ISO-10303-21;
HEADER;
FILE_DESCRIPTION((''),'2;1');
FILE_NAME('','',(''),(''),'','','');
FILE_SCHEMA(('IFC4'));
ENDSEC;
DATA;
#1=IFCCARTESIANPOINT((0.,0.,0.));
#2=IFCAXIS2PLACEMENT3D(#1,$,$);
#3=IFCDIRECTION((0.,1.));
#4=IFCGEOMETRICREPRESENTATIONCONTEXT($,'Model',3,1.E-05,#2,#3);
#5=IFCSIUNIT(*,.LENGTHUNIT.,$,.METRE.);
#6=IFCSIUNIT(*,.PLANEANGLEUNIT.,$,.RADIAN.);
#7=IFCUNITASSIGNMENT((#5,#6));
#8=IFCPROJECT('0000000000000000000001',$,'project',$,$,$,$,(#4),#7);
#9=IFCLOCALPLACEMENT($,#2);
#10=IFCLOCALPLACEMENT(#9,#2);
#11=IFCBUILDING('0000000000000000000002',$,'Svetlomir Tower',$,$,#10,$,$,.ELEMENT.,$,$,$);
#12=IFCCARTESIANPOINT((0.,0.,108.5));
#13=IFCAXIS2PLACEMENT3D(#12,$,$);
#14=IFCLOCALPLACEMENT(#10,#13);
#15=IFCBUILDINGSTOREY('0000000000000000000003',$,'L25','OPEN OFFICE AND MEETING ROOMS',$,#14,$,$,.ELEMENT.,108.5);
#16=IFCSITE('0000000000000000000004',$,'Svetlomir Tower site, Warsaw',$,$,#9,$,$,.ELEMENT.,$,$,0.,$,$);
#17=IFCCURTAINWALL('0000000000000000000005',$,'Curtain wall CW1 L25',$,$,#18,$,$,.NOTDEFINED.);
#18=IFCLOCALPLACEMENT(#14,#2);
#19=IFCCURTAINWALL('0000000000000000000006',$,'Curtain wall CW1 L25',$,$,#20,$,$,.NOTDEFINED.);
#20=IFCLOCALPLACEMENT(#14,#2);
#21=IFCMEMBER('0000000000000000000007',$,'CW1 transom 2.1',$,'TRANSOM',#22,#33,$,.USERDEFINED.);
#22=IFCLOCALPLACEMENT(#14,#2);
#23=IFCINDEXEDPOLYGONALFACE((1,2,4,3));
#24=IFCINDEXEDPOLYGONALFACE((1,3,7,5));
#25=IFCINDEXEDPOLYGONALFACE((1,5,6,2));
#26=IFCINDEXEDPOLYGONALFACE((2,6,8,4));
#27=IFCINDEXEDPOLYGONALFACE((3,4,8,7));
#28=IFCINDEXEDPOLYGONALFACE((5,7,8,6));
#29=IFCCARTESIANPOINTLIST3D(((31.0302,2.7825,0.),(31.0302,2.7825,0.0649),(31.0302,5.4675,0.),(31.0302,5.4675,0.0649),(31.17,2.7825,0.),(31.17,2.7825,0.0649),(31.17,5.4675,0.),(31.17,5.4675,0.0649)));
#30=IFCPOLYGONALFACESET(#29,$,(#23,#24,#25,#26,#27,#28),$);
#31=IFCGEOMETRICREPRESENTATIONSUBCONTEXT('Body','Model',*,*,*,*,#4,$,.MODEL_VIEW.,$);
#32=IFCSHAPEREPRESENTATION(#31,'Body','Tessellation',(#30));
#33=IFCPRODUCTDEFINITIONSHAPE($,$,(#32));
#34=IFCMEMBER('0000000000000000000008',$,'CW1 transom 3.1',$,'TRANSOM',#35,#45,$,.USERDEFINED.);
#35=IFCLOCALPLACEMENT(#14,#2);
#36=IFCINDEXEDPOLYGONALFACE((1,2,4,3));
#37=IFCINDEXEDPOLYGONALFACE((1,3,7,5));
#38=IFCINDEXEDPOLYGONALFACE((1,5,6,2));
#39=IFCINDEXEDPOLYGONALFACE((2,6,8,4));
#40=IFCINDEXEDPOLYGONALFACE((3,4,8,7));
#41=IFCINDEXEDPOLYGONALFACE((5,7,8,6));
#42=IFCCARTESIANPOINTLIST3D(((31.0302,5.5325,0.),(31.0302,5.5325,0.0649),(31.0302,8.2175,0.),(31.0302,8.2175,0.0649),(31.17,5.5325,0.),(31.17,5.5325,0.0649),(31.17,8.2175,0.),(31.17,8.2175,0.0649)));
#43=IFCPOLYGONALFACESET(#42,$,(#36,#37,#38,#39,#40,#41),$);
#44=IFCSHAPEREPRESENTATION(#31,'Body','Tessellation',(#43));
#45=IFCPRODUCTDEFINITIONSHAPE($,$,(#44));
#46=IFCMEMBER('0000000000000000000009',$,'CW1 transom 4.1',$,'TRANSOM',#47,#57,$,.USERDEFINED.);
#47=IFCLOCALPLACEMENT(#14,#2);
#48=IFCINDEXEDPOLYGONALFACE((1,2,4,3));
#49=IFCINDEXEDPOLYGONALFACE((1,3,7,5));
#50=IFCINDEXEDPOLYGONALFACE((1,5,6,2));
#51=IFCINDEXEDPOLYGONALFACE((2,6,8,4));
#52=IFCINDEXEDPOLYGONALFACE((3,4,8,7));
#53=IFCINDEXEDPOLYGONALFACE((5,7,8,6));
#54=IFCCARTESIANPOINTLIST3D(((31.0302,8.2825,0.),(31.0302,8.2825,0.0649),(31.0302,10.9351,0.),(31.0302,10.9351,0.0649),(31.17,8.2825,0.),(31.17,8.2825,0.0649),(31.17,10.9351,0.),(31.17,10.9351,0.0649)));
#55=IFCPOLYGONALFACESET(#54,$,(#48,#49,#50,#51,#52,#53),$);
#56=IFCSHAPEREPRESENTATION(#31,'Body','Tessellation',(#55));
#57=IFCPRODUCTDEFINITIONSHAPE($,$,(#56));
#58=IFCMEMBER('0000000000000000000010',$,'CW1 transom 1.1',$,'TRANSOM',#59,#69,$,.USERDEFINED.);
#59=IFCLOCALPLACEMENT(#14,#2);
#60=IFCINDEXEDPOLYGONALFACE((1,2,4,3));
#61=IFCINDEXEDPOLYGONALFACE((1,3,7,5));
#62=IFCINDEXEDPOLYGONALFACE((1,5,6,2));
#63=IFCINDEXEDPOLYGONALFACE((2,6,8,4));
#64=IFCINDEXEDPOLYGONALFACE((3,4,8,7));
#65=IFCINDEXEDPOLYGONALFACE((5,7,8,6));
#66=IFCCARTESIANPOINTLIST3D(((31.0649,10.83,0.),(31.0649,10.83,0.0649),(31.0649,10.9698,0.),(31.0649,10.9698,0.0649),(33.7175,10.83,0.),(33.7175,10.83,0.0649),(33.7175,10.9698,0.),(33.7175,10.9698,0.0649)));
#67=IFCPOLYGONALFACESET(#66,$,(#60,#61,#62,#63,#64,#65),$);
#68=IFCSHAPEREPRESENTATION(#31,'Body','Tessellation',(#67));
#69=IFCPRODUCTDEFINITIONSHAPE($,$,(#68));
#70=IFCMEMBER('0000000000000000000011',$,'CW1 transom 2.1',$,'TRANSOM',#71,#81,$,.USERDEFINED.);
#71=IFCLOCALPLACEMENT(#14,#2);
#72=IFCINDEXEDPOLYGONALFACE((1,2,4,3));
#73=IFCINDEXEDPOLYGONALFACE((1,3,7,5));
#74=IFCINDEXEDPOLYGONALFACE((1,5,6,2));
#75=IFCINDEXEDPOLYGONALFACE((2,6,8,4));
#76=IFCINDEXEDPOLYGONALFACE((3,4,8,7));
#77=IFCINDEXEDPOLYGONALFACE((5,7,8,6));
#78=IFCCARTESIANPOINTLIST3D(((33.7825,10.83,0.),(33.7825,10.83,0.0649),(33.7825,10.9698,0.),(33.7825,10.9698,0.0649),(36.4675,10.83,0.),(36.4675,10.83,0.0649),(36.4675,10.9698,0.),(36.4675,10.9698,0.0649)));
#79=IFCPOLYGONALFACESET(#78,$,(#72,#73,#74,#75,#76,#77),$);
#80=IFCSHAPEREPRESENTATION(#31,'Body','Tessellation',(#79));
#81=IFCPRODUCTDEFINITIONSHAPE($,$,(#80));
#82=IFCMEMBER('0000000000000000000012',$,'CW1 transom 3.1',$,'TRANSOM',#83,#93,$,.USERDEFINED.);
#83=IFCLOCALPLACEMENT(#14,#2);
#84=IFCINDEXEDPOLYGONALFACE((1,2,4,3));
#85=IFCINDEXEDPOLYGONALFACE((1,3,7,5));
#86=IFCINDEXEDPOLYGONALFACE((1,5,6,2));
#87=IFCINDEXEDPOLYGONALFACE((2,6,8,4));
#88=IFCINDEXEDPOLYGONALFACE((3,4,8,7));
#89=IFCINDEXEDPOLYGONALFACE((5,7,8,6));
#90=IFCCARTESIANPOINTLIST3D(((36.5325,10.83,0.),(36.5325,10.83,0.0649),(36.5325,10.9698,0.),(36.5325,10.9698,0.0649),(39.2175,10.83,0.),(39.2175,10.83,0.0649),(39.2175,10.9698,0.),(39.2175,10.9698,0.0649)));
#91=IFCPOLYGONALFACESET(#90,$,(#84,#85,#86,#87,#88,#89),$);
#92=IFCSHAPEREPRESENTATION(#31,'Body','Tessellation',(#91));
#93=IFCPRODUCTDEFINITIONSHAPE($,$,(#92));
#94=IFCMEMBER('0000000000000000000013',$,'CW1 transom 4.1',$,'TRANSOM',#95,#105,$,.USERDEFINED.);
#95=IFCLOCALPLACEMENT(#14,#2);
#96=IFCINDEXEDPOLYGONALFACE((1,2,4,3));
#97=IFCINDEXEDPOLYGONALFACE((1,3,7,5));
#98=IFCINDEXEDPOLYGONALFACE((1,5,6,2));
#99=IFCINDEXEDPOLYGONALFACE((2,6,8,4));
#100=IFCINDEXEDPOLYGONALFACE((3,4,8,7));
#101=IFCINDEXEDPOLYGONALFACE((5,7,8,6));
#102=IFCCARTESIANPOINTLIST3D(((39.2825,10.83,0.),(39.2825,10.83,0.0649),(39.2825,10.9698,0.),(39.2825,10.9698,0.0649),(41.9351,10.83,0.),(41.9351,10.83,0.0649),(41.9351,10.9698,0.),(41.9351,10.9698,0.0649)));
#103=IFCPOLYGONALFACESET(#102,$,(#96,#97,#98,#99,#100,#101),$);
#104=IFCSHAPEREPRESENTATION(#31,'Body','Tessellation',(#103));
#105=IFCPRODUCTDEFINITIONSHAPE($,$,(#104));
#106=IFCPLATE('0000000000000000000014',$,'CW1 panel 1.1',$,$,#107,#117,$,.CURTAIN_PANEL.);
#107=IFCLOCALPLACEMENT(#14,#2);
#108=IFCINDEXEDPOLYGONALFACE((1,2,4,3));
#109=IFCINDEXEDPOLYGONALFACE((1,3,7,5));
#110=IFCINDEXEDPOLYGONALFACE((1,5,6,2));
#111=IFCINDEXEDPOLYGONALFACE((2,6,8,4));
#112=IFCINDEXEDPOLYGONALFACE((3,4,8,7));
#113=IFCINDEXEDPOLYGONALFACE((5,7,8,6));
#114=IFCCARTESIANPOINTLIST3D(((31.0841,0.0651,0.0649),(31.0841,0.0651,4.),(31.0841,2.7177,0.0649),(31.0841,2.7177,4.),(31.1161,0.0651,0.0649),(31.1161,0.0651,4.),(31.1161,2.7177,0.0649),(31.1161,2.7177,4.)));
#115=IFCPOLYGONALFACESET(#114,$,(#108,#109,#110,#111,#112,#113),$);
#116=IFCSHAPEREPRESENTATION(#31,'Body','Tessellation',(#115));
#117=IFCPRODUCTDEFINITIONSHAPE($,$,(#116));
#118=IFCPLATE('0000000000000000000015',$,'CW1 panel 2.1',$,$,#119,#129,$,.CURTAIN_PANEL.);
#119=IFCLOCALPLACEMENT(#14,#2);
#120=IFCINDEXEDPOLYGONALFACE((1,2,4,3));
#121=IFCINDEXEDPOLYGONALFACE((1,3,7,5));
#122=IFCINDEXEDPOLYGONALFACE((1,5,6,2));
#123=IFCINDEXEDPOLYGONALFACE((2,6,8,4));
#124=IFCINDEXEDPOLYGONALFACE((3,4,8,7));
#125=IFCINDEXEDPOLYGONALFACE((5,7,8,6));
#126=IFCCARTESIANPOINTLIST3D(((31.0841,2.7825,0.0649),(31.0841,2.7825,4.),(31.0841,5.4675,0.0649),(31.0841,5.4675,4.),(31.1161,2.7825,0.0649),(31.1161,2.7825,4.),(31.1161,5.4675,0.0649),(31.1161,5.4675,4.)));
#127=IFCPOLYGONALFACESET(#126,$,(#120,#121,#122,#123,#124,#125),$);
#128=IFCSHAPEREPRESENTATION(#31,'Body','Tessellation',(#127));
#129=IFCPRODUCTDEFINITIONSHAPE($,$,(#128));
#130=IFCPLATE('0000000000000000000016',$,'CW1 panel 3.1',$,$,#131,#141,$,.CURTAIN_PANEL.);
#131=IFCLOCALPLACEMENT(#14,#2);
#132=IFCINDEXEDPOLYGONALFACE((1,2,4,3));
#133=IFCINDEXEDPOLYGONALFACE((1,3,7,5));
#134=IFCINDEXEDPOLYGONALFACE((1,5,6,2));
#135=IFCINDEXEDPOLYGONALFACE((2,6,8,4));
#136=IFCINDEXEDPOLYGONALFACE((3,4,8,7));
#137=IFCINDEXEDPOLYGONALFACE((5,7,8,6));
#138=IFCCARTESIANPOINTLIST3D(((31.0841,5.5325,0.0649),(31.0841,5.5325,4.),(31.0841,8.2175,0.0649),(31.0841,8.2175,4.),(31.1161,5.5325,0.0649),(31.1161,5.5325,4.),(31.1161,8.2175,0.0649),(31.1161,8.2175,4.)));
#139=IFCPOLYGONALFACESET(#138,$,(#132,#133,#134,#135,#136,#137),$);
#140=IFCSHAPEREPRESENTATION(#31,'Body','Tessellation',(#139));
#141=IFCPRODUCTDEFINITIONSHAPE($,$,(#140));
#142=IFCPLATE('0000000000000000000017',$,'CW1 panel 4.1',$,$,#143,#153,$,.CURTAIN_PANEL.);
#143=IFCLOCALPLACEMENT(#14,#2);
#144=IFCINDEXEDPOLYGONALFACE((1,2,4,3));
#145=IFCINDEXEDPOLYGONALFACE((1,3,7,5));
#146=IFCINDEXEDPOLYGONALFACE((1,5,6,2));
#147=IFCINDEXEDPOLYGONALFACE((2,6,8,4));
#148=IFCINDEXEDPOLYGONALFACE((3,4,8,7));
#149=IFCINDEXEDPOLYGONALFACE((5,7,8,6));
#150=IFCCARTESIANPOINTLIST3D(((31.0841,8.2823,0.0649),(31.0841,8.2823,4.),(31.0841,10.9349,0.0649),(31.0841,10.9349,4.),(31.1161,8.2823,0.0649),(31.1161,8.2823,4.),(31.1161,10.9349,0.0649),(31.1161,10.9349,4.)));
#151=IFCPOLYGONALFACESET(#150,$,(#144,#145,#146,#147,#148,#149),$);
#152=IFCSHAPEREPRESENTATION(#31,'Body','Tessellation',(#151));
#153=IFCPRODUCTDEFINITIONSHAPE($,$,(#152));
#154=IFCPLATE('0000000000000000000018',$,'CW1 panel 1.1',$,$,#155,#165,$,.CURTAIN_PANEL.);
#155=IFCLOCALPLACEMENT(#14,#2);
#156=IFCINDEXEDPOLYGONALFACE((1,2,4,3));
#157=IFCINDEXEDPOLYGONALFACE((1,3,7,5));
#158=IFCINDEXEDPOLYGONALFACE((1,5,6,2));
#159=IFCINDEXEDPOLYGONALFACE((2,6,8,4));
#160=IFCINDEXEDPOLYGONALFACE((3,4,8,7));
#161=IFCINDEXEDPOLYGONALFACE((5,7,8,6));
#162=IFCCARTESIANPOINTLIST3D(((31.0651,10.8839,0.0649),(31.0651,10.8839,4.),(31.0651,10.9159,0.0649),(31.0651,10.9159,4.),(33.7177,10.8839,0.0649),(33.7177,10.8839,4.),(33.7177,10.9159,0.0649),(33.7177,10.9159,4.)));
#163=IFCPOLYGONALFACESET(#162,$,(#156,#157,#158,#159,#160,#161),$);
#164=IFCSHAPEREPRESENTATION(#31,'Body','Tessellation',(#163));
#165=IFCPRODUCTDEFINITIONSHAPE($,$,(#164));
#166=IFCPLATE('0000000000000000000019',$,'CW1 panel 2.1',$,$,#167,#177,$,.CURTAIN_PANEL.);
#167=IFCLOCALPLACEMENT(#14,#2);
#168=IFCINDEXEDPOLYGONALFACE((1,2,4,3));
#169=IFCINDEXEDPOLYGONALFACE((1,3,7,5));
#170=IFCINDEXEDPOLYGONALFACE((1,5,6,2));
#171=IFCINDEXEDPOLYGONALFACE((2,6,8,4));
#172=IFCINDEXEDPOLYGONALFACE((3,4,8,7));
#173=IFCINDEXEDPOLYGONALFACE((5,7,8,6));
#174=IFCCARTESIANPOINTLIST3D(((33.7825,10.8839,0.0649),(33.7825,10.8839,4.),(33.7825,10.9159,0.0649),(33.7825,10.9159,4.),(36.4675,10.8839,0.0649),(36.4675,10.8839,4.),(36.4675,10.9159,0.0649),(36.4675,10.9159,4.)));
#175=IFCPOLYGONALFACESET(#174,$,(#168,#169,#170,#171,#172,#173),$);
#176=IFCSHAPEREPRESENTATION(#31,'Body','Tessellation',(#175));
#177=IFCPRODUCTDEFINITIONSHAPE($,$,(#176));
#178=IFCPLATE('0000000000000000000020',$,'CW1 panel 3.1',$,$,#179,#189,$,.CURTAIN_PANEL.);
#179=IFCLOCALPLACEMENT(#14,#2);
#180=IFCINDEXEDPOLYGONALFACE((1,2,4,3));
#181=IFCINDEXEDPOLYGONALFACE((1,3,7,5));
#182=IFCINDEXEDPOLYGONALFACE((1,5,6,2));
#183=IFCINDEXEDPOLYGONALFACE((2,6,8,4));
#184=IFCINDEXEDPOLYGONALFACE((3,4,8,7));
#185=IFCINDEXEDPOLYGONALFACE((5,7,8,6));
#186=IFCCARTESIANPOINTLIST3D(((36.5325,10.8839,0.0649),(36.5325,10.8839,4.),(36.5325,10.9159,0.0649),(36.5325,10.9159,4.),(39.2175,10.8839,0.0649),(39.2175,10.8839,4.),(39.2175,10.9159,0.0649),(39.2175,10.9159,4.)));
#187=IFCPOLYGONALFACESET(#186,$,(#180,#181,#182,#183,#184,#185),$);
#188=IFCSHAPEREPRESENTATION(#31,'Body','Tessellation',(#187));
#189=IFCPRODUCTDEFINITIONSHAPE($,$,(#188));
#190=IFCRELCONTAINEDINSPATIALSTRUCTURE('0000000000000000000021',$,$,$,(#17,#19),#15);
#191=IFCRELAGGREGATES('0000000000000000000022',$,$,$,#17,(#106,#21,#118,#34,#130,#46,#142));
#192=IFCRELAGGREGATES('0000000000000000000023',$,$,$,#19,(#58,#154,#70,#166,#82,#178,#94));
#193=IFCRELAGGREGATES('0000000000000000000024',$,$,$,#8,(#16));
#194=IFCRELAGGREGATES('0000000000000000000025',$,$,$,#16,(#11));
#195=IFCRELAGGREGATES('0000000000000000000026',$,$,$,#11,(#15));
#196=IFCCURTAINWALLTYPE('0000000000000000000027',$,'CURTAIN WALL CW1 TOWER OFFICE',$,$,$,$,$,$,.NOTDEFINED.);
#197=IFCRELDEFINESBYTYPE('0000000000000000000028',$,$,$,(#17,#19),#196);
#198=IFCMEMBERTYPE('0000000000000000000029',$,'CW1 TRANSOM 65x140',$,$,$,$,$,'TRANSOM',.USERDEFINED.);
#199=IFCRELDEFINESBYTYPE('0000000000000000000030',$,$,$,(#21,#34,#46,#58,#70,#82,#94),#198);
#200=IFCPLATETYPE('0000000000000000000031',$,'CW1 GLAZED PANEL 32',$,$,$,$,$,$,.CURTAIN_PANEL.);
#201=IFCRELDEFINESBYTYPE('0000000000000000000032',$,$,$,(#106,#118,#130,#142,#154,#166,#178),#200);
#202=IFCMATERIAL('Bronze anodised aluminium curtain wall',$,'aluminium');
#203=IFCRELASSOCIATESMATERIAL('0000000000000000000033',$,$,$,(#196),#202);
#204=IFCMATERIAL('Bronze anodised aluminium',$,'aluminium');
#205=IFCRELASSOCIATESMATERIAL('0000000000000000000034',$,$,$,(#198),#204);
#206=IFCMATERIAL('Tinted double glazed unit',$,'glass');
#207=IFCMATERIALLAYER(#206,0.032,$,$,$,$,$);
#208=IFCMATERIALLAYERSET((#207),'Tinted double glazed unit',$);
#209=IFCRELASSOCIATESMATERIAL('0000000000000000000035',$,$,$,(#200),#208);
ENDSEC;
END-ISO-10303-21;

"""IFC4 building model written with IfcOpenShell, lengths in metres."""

from ifc_helpers import new_model, si_unit, direction, frame, origin, origin_2d, place, context, subcontext, project, spatial, rectangle, extrude, material, layer, layer_set, material_profile, profile_set, type_object, element, aggregate, save


model = new_model("IFC4")

# Units and contexts
model_context = context("Model", 3, precision=1e-05, world=origin(), true_north=direction((0.0, 1.0)))
body_context = subcontext(model_context, "Body", "Model", "MODEL_VIEW")
ifc_project = project(units=[si_unit("LENGTHUNIT", "METRE"), si_unit("PLANEANGLEUNIT", "RADIAN")], contexts=[model_context])

# Site, building, storey
site_placement = place(None, origin())
site = spatial("IfcSite", under=ifc_project, at=site_placement, Name="Svetlomir Tower site, Warsaw", CompositionType="ELEMENT", RefElevation=0.0)
building_placement = place(site_placement, origin())
building = spatial("IfcBuilding", under=site, at=building_placement, Name="Svetlomir Tower", CompositionType="ELEMENT")
storey_placement = place(building_placement, frame((0.0, 0.0, 108.5)))
storey = spatial("IfcBuildingStorey", under=building, at=storey_placement, Name="L25", Description="OPEN OFFICE AND MEETING ROOMS", CompositionType="ELEMENT", Elevation=108.5)

# Curtain walls
ifc_material_1 = material(Name="Bronze anodised aluminium curtain wall", Category="aluminium")
curtain_wall_type = type_object("IfcCurtainWallType", Name="CURTAIN WALL CW1 TOWER OFFICE", PredefinedType="NOTDEFINED", material=ifc_material_1)
curtain_wall_1_placement = place(storey_placement, origin())
curtain_wall_1 = element("IfcCurtainWall", 1, at=curtain_wall_1_placement, inside=storey, type_object=curtain_wall_type, Name="Curtain wall CW1 L25", PredefinedType="NOTDEFINED")
curtain_wall_2_placement = place(storey_placement, origin())
curtain_wall_2 = element("IfcCurtainWall", 2, at=curtain_wall_2_placement, inside=storey, type_object=curtain_wall_type, Name="Curtain wall CW1 L25", PredefinedType="NOTDEFINED")

# Members
ifc_material_2 = material(Name="Bronze anodised aluminium", Category="aluminium")
ifc_material_profile_1 = material_profile(ifc_material_2, rectangle(XDim=0.1399, YDim=0.0649, at=origin_2d()), Name="AL 140x65")
ifc_profile_set_1 = profile_set([ifc_material_profile_1], Name="Bronze anodised aluminium 6063-T6")
member_type_1 = type_object("IfcMemberType", Name="CW1 TRANSOM 65x140", ElementType="TRANSOM", PredefinedType="USERDEFINED", material=ifc_profile_set_1)
member_1_placement = place(storey_placement, frame((31.1001, 2.7825, 0.0325), z_axis=(0.0, 1.0, 0.0), x_axis=(-1.0, 0.0, 0.0)))
member_1 = element("IfcMember", 3, at=member_1_placement, type_object=member_type_1, Name="CW1 transom 2.1", ObjectType="TRANSOM", PredefinedType="USERDEFINED", context=body_context, shape_type="SweptSolid", body=[
    extrude(rectangle(XDim=0.1399, YDim=0.0649, at=origin_2d()), origin(), (0.0, 0.0, 1.0), 2.6851),
])
member_2_placement = place(storey_placement, frame((31.1001, 5.5325, 0.0325), z_axis=(0.0, 1.0, 0.0), x_axis=(-1.0, 0.0, 0.0)))
member_2 = element("IfcMember", 4, at=member_2_placement, type_object=member_type_1, Name="CW1 transom 3.1", ObjectType="TRANSOM", PredefinedType="USERDEFINED", context=body_context, shape_type="SweptSolid", body=[
    extrude(rectangle(XDim=0.1399, YDim=0.0649, at=origin_2d()), origin(), (0.0, 0.0, 1.0), 2.6851),
])
member_3_placement = place(storey_placement, frame((31.1001, 8.2825, 0.0325), z_axis=(0.0, 1.0, 0.0), x_axis=(-1.0, 0.0, 0.0)))
member_3 = element("IfcMember", 5, at=member_3_placement, type_object=member_type_1, Name="CW1 transom 4.1", ObjectType="TRANSOM", PredefinedType="USERDEFINED", context=body_context, shape_type="SweptSolid", body=[
    extrude(rectangle(XDim=0.1399, YDim=0.0649, at=origin_2d()), origin(), (0.0, 0.0, 1.0), 2.6526),
])
member_4_placement = place(storey_placement, frame((31.0649, 10.8999, 0.0325), z_axis=(1.0, 0.0, 0.0), x_axis=(0.0, 1.0, 0.0)))
member_4 = element("IfcMember", 6, at=member_4_placement, type_object=member_type_1, Name="CW1 transom 1.1", ObjectType="TRANSOM", PredefinedType="USERDEFINED", context=body_context, shape_type="SweptSolid", body=[
    extrude(rectangle(XDim=0.1399, YDim=0.0649, at=origin_2d()), origin(), (0.0, 0.0, 1.0), 2.6526),
])
member_5_placement = place(storey_placement, frame((33.7825, 10.8999, 0.0325), z_axis=(1.0, 0.0, 0.0), x_axis=(0.0, 1.0, 0.0)))
member_5 = element("IfcMember", 7, at=member_5_placement, type_object=member_type_1, Name="CW1 transom 2.1", ObjectType="TRANSOM", PredefinedType="USERDEFINED", context=body_context, shape_type="SweptSolid", body=[
    extrude(rectangle(XDim=0.1399, YDim=0.0649, at=origin_2d()), origin(), (0.0, 0.0, 1.0), 2.6851),
])
member_6_placement = place(storey_placement, frame((36.5325, 10.8999, 0.0325), z_axis=(1.0, 0.0, 0.0), x_axis=(0.0, 1.0, 0.0)))
member_6 = element("IfcMember", 8, at=member_6_placement, type_object=member_type_1, Name="CW1 transom 3.1", ObjectType="TRANSOM", PredefinedType="USERDEFINED", context=body_context, shape_type="SweptSolid", body=[
    extrude(rectangle(XDim=0.1399, YDim=0.0649, at=origin_2d()), origin(), (0.0, 0.0, 1.0), 2.6851),
])
member_7_placement = place(storey_placement, frame((39.2825, 10.8999, 0.0325), z_axis=(1.0, 0.0, 0.0), x_axis=(0.0, 1.0, 0.0)))
member_7 = element("IfcMember", 9, at=member_7_placement, type_object=member_type_1, Name="CW1 transom 4.1", ObjectType="TRANSOM", PredefinedType="USERDEFINED", context=body_context, shape_type="SweptSolid", body=[
    extrude(rectangle(XDim=0.1399, YDim=0.0649, at=origin_2d()), origin(), (0.0, 0.0, 1.0), 2.6526),
])

# Plates
ifc_material_3 = material(Name="Tinted double glazed unit", Category="glass")
ifc_layer = layer(ifc_material_3, 0.032)
ifc_layer_set = layer_set([ifc_layer], Name="Tinted double glazed unit")
plate_type = type_object("IfcPlateType", Name="CW1 GLAZED PANEL 32", PredefinedType="CURTAIN_PANEL", material=ifc_layer_set)
plate_1_placement = place(storey_placement, frame((31.1001, 1.3914, 0.0649), z_axis=(0.0, 0.0, 1.0), x_axis=(0.0, 1.0, 0.0)))
plate_1 = element("IfcPlate", 10, at=plate_1_placement, type_object=plate_type, Name="CW1 panel 1.1", PredefinedType="CURTAIN_PANEL", context=body_context, shape_type="SweptSolid", body=[
    extrude(rectangle(XDim=2.6526, YDim=0.032, at=origin_2d()), origin(), (0.0, 0.0, 1.0), 3.9351),
])
plate_2_placement = place(storey_placement, frame((31.1001, 4.125, 0.0649), z_axis=(0.0, 0.0, 1.0), x_axis=(0.0, 1.0, 0.0)))
plate_2 = element("IfcPlate", 11, at=plate_2_placement, type_object=plate_type, Name="CW1 panel 2.1", PredefinedType="CURTAIN_PANEL", context=body_context, shape_type="SweptSolid", body=[
    extrude(rectangle(XDim=2.6851, YDim=0.032, at=origin_2d()), origin(), (0.0, 0.0, 1.0), 3.9351),
])
plate_3_placement = place(storey_placement, frame((31.1001, 6.875, 0.0649), z_axis=(0.0, 0.0, 1.0), x_axis=(0.0, 1.0, 0.0)))
plate_3 = element("IfcPlate", 12, at=plate_3_placement, type_object=plate_type, Name="CW1 panel 3.1", PredefinedType="CURTAIN_PANEL", context=body_context, shape_type="SweptSolid", body=[
    extrude(rectangle(XDim=2.6851, YDim=0.032, at=origin_2d()), origin(), (0.0, 0.0, 1.0), 3.9351),
])
plate_4_placement = place(storey_placement, frame((31.1001, 9.6086, 0.0649), z_axis=(0.0, 0.0, 1.0), x_axis=(0.0, 1.0, 0.0)))
plate_4 = element("IfcPlate", 13, at=plate_4_placement, type_object=plate_type, Name="CW1 panel 4.1", PredefinedType="CURTAIN_PANEL", context=body_context, shape_type="SweptSolid", body=[
    extrude(rectangle(XDim=2.6526, YDim=0.032, at=origin_2d()), origin(), (0.0, 0.0, 1.0), 3.9351),
])
aggregate(curtain_wall_1, [plate_1, member_1, plate_2, member_2, plate_3, member_3, plate_4])
plate_5_placement = place(storey_placement, frame((32.3914, 10.8999, 0.0649), z_axis=(0.0, 0.0, 1.0), x_axis=(1.0, 0.0, 0.0)))
plate_5 = element("IfcPlate", 14, at=plate_5_placement, type_object=plate_type, Name="CW1 panel 1.1", PredefinedType="CURTAIN_PANEL", context=body_context, shape_type="SweptSolid", body=[
    extrude(rectangle(XDim=2.6526, YDim=0.032, at=origin_2d()), origin(), (0.0, 0.0, 1.0), 3.9351),
])
plate_6_placement = place(storey_placement, frame((35.125, 10.8999, 0.0649), z_axis=(0.0, 0.0, 1.0), x_axis=(1.0, 0.0, 0.0)))
plate_6 = element("IfcPlate", 15, at=plate_6_placement, type_object=plate_type, Name="CW1 panel 2.1", PredefinedType="CURTAIN_PANEL", context=body_context, shape_type="SweptSolid", body=[
    extrude(rectangle(XDim=2.6851, YDim=0.032, at=origin_2d()), origin(), (0.0, 0.0, 1.0), 3.9351),
])
plate_7_placement = place(storey_placement, frame((37.875, 10.8999, 0.0649), z_axis=(0.0, 0.0, 1.0), x_axis=(1.0, 0.0, 0.0)))
plate_7 = element("IfcPlate", 16, at=plate_7_placement, type_object=plate_type, Name="CW1 panel 3.1", PredefinedType="CURTAIN_PANEL", context=body_context, shape_type="SweptSolid", body=[
    extrude(rectangle(XDim=2.6851, YDim=0.032, at=origin_2d()), origin(), (0.0, 0.0, 1.0), 3.9351),
])
aggregate(curtain_wall_2, [member_4, plate_5, member_5, plate_6, member_6, plate_7, member_7])

save(model, "model.ifc")
